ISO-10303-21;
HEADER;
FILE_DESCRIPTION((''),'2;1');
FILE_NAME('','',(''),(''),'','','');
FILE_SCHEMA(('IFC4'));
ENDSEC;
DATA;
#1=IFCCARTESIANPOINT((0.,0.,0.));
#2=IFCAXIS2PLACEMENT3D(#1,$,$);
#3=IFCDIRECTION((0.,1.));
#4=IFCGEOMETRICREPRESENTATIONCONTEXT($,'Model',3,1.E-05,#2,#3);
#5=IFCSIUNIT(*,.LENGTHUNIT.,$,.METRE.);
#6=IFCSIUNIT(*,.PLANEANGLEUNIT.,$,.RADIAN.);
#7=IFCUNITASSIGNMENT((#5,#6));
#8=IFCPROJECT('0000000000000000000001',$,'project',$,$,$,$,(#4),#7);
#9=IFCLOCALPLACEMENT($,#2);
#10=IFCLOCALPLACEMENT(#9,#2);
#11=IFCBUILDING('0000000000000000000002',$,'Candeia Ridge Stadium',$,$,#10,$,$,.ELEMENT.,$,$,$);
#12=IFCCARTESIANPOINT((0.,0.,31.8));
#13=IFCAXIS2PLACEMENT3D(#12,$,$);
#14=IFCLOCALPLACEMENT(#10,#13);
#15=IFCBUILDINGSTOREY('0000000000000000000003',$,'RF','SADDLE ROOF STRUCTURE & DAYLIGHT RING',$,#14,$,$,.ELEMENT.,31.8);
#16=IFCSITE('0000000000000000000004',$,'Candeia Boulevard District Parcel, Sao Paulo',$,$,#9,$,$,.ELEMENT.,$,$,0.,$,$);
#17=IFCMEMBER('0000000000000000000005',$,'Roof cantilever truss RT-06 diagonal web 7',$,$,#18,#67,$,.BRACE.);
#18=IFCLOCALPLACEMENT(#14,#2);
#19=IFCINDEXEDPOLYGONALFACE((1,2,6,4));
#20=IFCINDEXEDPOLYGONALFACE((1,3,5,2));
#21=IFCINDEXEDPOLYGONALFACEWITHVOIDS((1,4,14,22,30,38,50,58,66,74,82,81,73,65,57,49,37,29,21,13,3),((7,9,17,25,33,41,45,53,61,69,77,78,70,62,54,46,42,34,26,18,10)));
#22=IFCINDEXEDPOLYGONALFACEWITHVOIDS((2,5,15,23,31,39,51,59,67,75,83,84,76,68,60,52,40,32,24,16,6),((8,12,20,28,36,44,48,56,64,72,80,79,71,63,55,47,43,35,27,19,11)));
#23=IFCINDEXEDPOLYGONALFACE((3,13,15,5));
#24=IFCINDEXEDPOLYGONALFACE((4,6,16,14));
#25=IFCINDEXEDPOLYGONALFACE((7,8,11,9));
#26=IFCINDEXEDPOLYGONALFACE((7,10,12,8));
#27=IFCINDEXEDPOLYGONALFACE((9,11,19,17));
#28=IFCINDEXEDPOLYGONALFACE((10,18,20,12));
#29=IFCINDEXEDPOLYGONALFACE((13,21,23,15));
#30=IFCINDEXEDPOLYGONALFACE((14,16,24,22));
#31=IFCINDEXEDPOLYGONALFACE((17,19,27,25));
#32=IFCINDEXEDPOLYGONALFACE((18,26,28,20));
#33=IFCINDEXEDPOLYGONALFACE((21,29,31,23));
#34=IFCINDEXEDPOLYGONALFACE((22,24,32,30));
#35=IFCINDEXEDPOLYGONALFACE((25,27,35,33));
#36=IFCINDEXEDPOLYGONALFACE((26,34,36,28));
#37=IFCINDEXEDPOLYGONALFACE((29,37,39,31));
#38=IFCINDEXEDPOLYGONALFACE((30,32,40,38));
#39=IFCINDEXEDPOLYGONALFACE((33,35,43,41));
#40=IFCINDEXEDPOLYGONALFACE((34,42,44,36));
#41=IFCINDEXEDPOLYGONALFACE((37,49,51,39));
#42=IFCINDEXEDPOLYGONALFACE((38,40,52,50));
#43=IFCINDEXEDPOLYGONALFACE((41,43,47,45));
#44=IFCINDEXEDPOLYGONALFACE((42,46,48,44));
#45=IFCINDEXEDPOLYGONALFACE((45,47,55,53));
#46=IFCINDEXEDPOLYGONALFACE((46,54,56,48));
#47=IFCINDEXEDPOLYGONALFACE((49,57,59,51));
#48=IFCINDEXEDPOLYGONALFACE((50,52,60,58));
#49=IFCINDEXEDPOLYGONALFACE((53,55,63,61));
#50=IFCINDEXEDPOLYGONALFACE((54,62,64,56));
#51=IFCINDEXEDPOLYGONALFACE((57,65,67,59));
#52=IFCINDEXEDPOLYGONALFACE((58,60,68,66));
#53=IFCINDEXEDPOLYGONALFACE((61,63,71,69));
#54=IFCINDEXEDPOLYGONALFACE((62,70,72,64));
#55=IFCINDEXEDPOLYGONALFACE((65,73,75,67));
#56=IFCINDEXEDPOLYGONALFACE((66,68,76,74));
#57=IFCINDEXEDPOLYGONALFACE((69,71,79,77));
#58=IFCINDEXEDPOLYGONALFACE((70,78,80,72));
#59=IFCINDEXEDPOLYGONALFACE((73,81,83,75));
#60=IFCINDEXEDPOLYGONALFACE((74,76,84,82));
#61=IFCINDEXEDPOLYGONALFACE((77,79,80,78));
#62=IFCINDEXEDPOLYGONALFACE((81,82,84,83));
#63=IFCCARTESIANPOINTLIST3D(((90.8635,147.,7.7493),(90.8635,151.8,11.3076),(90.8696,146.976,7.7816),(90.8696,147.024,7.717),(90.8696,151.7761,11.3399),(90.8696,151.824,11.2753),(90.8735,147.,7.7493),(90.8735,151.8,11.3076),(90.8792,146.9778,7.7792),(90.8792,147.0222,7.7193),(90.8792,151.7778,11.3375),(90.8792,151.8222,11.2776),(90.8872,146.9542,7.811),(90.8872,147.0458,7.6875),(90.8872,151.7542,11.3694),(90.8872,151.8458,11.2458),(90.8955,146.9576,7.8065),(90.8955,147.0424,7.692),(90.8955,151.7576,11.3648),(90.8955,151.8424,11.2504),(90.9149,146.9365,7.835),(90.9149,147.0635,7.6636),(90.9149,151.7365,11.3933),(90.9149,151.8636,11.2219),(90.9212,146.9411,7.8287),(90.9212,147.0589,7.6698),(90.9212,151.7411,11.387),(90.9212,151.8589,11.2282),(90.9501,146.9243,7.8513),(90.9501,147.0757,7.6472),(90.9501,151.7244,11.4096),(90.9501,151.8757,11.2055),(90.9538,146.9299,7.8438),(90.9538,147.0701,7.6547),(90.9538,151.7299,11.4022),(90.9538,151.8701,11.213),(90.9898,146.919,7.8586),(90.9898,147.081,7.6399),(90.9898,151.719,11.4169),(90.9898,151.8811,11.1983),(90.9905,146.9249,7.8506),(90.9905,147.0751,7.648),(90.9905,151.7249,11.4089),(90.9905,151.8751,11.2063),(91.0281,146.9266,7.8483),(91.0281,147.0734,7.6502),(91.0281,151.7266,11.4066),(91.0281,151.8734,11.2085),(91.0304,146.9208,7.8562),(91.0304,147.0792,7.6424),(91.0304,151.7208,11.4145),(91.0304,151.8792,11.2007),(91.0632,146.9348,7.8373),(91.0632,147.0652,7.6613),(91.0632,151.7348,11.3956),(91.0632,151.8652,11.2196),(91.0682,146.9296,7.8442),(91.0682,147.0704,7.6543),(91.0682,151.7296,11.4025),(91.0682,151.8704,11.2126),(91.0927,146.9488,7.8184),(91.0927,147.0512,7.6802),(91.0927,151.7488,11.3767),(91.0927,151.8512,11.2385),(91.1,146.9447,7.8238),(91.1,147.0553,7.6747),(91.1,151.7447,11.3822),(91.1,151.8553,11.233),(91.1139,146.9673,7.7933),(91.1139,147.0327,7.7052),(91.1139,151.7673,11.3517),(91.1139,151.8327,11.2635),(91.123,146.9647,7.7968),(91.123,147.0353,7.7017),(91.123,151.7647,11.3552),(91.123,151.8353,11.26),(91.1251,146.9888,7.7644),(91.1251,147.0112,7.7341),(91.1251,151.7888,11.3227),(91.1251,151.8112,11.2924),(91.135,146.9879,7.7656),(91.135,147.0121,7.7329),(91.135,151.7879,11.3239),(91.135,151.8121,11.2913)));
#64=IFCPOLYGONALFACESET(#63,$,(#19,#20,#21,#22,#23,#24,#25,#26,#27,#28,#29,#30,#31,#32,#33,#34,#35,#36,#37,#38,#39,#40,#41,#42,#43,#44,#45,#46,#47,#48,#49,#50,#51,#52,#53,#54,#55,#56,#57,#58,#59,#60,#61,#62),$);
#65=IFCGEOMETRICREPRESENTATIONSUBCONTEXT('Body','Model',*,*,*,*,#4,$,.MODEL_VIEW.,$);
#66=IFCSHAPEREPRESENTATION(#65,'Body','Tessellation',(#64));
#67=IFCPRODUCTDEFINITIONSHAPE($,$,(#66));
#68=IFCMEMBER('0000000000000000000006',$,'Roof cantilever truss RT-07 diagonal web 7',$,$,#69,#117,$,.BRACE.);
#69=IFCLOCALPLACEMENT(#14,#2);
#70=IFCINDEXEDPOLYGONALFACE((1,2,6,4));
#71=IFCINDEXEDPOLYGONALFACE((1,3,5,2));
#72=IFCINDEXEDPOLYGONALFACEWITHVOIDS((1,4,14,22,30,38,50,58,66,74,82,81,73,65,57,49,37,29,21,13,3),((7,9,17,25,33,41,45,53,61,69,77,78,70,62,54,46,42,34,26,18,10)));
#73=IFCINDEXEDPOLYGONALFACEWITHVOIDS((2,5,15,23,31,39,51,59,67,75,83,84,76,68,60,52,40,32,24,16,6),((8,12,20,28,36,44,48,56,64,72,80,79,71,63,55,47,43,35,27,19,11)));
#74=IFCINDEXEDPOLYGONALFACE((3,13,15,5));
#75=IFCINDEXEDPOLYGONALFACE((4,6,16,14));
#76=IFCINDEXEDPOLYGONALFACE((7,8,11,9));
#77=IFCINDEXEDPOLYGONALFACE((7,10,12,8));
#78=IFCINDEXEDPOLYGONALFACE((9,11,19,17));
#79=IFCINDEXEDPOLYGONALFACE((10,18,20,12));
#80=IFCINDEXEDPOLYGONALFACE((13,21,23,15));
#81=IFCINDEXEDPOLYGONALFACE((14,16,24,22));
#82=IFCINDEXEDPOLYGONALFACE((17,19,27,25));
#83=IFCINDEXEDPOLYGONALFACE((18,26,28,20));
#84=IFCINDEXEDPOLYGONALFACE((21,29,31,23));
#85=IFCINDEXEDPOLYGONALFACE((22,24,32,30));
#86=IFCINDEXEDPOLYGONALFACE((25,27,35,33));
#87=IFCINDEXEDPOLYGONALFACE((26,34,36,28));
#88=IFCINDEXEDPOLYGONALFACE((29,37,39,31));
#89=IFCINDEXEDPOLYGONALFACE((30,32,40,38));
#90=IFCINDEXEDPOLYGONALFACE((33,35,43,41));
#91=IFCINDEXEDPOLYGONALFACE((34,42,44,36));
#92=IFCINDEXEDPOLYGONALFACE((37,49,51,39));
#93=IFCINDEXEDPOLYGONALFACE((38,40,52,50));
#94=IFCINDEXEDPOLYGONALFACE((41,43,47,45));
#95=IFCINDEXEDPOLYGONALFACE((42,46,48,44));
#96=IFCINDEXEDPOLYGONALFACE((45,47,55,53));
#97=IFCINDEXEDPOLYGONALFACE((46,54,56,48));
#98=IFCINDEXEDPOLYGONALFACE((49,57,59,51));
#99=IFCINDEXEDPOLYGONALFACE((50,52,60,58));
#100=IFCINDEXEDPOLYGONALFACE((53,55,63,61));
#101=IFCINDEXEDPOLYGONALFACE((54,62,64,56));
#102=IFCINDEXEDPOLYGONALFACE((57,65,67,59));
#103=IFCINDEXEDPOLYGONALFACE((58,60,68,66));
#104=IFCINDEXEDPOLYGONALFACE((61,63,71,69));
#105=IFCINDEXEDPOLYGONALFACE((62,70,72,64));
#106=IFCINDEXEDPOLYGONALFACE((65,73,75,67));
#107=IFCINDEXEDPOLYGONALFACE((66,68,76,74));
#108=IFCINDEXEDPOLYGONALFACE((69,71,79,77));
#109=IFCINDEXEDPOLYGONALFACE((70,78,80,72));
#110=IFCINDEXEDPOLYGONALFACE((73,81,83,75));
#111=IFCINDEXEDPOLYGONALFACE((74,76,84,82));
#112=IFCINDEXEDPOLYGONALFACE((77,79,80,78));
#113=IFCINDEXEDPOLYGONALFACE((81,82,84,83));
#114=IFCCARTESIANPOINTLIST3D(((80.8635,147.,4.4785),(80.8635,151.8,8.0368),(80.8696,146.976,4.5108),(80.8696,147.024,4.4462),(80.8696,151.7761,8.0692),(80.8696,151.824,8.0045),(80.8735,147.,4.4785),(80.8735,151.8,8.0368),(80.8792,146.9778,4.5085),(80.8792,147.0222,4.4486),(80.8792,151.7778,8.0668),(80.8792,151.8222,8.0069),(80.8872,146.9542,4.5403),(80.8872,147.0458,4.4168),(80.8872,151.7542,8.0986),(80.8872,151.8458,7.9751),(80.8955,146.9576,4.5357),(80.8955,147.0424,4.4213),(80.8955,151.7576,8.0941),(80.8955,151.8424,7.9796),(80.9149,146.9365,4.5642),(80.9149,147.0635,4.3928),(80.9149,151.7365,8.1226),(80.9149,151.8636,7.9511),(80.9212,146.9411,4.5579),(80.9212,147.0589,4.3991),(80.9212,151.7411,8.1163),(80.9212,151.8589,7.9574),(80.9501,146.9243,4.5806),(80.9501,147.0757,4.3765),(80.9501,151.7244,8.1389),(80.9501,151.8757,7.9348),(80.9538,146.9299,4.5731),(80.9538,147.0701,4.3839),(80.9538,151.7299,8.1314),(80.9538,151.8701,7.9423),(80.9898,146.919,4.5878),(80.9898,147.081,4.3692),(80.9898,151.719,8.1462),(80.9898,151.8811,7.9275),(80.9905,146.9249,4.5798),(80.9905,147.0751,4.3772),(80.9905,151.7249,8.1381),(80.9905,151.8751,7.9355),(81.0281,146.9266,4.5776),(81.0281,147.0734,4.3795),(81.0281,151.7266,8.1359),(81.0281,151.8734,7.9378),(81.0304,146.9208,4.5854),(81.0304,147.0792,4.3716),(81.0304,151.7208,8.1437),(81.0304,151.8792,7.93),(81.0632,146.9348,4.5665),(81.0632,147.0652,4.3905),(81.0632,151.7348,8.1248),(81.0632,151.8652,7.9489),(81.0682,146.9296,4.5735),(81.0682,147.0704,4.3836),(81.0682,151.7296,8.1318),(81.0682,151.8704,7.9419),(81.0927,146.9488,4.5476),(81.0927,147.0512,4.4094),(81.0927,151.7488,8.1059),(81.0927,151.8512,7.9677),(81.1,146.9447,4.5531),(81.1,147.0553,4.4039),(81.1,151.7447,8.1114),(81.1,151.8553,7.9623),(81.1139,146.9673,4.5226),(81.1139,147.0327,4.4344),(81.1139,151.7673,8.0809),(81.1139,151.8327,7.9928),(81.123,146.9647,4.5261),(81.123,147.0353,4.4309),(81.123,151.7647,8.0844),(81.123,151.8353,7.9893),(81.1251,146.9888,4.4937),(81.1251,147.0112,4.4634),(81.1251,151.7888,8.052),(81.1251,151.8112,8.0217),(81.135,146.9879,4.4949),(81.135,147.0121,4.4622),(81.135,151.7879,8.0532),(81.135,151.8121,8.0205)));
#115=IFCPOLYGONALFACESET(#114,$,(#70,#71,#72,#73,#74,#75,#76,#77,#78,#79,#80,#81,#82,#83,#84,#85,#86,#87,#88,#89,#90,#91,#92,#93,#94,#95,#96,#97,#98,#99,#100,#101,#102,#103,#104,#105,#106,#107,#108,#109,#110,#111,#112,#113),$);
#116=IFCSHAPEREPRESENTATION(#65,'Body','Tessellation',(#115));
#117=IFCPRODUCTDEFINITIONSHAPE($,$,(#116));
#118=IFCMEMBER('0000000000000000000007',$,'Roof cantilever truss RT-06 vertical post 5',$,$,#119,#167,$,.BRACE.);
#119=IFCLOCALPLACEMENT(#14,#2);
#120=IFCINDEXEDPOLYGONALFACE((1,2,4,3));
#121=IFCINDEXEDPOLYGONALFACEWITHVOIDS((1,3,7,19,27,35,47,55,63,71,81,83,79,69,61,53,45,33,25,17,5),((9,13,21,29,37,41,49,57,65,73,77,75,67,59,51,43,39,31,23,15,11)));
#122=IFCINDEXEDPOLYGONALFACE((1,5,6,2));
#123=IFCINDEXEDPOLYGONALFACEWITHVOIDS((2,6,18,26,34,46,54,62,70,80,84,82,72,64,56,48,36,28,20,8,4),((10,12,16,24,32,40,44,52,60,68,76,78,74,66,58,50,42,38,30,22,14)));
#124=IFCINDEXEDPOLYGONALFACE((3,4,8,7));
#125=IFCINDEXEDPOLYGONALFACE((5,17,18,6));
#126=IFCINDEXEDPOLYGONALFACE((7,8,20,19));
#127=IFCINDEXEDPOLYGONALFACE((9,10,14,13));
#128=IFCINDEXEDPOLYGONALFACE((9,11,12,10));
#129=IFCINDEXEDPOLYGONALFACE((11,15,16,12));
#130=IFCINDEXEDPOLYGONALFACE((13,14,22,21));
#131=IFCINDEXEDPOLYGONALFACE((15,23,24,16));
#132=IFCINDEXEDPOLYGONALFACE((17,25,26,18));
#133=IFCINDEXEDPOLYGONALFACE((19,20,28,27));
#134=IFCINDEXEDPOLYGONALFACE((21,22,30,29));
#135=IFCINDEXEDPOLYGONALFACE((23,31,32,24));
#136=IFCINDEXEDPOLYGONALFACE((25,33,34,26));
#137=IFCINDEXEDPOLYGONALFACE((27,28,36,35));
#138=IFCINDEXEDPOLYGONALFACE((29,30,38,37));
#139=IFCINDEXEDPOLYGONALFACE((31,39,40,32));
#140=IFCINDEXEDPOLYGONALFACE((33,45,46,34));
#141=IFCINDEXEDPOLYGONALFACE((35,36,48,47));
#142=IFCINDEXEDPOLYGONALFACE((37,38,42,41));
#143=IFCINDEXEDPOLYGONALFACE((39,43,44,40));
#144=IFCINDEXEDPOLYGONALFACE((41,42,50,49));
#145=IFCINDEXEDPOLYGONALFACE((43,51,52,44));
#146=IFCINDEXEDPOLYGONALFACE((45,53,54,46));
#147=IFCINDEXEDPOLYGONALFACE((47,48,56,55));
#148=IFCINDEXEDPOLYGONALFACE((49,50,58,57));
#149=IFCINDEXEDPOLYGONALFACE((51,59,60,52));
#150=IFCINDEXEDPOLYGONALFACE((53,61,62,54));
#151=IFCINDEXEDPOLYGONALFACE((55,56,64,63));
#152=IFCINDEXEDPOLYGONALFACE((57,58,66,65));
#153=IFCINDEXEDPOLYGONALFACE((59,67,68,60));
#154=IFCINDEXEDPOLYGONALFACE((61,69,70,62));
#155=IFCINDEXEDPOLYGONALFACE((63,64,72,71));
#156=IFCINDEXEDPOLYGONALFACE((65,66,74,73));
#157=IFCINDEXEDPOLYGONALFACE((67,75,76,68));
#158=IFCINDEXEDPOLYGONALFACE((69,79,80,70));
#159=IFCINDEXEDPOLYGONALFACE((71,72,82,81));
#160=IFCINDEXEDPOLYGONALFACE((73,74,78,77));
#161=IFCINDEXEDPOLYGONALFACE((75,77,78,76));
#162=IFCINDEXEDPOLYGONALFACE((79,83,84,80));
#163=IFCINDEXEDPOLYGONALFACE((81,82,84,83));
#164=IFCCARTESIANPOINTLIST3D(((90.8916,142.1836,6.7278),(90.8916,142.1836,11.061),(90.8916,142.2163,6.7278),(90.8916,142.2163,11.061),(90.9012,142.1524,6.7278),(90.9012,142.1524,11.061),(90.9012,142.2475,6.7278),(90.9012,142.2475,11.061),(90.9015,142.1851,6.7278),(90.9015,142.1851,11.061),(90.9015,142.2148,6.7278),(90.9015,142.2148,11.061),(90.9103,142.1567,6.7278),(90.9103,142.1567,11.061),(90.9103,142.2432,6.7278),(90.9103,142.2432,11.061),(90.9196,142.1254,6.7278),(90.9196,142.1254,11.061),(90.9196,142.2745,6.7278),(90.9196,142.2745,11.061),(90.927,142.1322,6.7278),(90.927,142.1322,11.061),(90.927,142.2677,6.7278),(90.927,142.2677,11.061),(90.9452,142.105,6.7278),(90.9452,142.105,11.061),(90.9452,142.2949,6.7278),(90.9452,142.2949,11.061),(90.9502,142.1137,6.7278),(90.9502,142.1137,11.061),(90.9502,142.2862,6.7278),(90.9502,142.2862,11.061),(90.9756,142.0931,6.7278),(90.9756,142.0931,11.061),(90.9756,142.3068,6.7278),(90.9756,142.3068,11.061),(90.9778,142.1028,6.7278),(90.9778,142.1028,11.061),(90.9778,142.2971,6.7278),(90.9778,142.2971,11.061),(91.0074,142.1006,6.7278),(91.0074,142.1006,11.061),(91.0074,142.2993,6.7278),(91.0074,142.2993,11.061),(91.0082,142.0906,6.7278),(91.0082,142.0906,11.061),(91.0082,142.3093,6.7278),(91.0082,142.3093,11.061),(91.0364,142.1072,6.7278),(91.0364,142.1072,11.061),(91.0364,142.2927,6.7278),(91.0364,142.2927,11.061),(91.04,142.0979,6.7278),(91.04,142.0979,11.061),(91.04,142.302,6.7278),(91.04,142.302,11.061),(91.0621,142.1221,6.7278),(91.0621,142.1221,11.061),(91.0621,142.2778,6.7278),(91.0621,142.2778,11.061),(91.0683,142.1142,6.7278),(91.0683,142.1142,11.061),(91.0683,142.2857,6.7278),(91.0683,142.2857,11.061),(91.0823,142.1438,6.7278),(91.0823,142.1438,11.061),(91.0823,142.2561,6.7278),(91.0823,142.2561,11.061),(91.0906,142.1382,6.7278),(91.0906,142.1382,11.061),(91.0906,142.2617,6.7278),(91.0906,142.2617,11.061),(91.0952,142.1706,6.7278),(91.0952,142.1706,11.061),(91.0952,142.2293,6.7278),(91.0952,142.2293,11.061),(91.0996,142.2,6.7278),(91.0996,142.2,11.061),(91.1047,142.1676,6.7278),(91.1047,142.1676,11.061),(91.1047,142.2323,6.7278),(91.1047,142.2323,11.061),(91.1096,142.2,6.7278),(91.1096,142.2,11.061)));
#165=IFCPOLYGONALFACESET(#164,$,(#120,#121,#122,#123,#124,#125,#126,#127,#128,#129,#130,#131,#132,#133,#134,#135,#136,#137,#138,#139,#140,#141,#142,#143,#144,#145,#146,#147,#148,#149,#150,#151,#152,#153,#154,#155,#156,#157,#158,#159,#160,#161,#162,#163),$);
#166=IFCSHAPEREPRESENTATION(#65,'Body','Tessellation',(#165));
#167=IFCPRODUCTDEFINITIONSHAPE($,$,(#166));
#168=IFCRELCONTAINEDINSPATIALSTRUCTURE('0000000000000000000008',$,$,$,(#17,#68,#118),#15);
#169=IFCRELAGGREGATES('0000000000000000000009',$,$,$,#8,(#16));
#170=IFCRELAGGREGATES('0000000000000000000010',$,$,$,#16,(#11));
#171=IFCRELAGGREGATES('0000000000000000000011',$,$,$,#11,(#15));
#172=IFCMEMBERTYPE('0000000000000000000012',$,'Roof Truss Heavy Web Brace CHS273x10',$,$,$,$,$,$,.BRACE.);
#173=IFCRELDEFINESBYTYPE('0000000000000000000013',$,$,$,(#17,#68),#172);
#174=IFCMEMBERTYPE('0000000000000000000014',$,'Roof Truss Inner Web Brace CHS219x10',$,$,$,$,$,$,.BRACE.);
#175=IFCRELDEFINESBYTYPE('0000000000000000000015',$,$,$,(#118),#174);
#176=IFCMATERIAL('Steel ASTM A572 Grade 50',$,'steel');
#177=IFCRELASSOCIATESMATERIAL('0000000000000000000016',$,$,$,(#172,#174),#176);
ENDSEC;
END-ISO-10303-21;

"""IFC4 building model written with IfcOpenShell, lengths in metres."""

from ifc_helpers import new_model, si_unit, direction, frame, origin, origin_2d, place, context, subcontext, project, spatial, hollow_circle, extrude, material, material_profile, profile_set, type_object, element, save


model = new_model("IFC4")

# Units and contexts
model_context = context("Model", 3, precision=1e-05, world=origin(), true_north=direction((0.0, 1.0)))
body_context = subcontext(model_context, "Body", "Model", "MODEL_VIEW")
ifc_project = project(units=[si_unit("LENGTHUNIT", "METRE"), si_unit("PLANEANGLEUNIT", "RADIAN")], contexts=[model_context])

# Site, building, storey
site_placement = place(None, origin())
site = spatial("IfcSite", under=ifc_project, at=site_placement, Name="Candeia Boulevard District Parcel, Sao Paulo", CompositionType="ELEMENT", RefElevation=0.0)
building_placement = place(site_placement, origin())
building = spatial("IfcBuilding", under=site, at=building_placement, Name="Candeia Ridge Stadium", CompositionType="ELEMENT")
storey_placement = place(building_placement, frame((0.0, 0.0, 31.8)))
storey = spatial("IfcBuildingStorey", under=building, at=storey_placement, Name="RF", Description="SADDLE ROOF STRUCTURE & DAYLIGHT RING", CompositionType="ELEMENT", Elevation=31.8)

# Shared definitions
ifc_material_1 = material(Name="Steel ASTM A572 Grade 50", Category="steel")

# Members
ifc_material_profile_1 = material_profile(ifc_material_1, hollow_circle(Radius=0.1365, WallThickness=0.01, at=origin_2d()), Name="CHS273x10", Category="steel")
ifc_profile_set_1 = profile_set([ifc_material_profile_1], Name="Steel ASTM A572 Grade 50")
member_type_1 = type_object("IfcMemberType", Name="Roof Truss Heavy Web Brace CHS273x10", PredefinedType="BRACE", material=ifc_profile_set_1)
for number, where, z_axis, x_axis, name in (
    (1, (91.0, 147.0, 7.7493), (0.0, 0.803336, 0.595526), (-1.0, 0.0, 0.0), "Roof cantilever truss RT-06 diagonal web 7"),
    (2, (81.0, 147.0, 4.4785), (0.0, 0.803336, 0.595526), (-1.0, 0.0, 0.0), "Roof cantilever truss RT-07 diagonal web 7"),
):
    element("IfcMember", number, at=place(storey_placement, frame(where, z_axis=z_axis, x_axis=x_axis)), inside=storey, type_object=member_type_1, Name=name, PredefinedType="BRACE", context=body_context, shape_type="SweptSolid", body=[
        extrude(hollow_circle(Radius=0.1365, WallThickness=0.01, at=origin_2d()), origin(), (0.0, 0.0, 1.0), 5.9751),
    ])
ifc_material_profile_2 = material_profile(ifc_material_1, hollow_circle(Radius=0.1096, WallThickness=0.01, at=origin_2d()), Name="CHS219x10", Category="steel")
ifc_profile_set_2 = profile_set([ifc_material_profile_2], Name="Steel ASTM A572 Grade 50")
member_type_2 = type_object("IfcMemberType", Name="Roof Truss Inner Web Brace CHS219x10", PredefinedType="BRACE", material=ifc_profile_set_2)
member_1_placement = place(storey_placement, frame((91.0, 142.2, 6.7278), z_axis=(0.0, 0.0, 1.0), x_axis=(1.0, 0.0, 0.0)))
element("IfcMember", 3, at=member_1_placement, inside=storey, type_object=member_type_2, Name="Roof cantilever truss RT-06 vertical post 5", PredefinedType="BRACE", context=body_context, shape_type="SweptSolid", body=[
    extrude(hollow_circle(Radius=0.1096, WallThickness=0.01, at=origin_2d()), origin(), (0.0, 0.0, 1.0), 4.3333),
])

save(model, "model.ifc")
